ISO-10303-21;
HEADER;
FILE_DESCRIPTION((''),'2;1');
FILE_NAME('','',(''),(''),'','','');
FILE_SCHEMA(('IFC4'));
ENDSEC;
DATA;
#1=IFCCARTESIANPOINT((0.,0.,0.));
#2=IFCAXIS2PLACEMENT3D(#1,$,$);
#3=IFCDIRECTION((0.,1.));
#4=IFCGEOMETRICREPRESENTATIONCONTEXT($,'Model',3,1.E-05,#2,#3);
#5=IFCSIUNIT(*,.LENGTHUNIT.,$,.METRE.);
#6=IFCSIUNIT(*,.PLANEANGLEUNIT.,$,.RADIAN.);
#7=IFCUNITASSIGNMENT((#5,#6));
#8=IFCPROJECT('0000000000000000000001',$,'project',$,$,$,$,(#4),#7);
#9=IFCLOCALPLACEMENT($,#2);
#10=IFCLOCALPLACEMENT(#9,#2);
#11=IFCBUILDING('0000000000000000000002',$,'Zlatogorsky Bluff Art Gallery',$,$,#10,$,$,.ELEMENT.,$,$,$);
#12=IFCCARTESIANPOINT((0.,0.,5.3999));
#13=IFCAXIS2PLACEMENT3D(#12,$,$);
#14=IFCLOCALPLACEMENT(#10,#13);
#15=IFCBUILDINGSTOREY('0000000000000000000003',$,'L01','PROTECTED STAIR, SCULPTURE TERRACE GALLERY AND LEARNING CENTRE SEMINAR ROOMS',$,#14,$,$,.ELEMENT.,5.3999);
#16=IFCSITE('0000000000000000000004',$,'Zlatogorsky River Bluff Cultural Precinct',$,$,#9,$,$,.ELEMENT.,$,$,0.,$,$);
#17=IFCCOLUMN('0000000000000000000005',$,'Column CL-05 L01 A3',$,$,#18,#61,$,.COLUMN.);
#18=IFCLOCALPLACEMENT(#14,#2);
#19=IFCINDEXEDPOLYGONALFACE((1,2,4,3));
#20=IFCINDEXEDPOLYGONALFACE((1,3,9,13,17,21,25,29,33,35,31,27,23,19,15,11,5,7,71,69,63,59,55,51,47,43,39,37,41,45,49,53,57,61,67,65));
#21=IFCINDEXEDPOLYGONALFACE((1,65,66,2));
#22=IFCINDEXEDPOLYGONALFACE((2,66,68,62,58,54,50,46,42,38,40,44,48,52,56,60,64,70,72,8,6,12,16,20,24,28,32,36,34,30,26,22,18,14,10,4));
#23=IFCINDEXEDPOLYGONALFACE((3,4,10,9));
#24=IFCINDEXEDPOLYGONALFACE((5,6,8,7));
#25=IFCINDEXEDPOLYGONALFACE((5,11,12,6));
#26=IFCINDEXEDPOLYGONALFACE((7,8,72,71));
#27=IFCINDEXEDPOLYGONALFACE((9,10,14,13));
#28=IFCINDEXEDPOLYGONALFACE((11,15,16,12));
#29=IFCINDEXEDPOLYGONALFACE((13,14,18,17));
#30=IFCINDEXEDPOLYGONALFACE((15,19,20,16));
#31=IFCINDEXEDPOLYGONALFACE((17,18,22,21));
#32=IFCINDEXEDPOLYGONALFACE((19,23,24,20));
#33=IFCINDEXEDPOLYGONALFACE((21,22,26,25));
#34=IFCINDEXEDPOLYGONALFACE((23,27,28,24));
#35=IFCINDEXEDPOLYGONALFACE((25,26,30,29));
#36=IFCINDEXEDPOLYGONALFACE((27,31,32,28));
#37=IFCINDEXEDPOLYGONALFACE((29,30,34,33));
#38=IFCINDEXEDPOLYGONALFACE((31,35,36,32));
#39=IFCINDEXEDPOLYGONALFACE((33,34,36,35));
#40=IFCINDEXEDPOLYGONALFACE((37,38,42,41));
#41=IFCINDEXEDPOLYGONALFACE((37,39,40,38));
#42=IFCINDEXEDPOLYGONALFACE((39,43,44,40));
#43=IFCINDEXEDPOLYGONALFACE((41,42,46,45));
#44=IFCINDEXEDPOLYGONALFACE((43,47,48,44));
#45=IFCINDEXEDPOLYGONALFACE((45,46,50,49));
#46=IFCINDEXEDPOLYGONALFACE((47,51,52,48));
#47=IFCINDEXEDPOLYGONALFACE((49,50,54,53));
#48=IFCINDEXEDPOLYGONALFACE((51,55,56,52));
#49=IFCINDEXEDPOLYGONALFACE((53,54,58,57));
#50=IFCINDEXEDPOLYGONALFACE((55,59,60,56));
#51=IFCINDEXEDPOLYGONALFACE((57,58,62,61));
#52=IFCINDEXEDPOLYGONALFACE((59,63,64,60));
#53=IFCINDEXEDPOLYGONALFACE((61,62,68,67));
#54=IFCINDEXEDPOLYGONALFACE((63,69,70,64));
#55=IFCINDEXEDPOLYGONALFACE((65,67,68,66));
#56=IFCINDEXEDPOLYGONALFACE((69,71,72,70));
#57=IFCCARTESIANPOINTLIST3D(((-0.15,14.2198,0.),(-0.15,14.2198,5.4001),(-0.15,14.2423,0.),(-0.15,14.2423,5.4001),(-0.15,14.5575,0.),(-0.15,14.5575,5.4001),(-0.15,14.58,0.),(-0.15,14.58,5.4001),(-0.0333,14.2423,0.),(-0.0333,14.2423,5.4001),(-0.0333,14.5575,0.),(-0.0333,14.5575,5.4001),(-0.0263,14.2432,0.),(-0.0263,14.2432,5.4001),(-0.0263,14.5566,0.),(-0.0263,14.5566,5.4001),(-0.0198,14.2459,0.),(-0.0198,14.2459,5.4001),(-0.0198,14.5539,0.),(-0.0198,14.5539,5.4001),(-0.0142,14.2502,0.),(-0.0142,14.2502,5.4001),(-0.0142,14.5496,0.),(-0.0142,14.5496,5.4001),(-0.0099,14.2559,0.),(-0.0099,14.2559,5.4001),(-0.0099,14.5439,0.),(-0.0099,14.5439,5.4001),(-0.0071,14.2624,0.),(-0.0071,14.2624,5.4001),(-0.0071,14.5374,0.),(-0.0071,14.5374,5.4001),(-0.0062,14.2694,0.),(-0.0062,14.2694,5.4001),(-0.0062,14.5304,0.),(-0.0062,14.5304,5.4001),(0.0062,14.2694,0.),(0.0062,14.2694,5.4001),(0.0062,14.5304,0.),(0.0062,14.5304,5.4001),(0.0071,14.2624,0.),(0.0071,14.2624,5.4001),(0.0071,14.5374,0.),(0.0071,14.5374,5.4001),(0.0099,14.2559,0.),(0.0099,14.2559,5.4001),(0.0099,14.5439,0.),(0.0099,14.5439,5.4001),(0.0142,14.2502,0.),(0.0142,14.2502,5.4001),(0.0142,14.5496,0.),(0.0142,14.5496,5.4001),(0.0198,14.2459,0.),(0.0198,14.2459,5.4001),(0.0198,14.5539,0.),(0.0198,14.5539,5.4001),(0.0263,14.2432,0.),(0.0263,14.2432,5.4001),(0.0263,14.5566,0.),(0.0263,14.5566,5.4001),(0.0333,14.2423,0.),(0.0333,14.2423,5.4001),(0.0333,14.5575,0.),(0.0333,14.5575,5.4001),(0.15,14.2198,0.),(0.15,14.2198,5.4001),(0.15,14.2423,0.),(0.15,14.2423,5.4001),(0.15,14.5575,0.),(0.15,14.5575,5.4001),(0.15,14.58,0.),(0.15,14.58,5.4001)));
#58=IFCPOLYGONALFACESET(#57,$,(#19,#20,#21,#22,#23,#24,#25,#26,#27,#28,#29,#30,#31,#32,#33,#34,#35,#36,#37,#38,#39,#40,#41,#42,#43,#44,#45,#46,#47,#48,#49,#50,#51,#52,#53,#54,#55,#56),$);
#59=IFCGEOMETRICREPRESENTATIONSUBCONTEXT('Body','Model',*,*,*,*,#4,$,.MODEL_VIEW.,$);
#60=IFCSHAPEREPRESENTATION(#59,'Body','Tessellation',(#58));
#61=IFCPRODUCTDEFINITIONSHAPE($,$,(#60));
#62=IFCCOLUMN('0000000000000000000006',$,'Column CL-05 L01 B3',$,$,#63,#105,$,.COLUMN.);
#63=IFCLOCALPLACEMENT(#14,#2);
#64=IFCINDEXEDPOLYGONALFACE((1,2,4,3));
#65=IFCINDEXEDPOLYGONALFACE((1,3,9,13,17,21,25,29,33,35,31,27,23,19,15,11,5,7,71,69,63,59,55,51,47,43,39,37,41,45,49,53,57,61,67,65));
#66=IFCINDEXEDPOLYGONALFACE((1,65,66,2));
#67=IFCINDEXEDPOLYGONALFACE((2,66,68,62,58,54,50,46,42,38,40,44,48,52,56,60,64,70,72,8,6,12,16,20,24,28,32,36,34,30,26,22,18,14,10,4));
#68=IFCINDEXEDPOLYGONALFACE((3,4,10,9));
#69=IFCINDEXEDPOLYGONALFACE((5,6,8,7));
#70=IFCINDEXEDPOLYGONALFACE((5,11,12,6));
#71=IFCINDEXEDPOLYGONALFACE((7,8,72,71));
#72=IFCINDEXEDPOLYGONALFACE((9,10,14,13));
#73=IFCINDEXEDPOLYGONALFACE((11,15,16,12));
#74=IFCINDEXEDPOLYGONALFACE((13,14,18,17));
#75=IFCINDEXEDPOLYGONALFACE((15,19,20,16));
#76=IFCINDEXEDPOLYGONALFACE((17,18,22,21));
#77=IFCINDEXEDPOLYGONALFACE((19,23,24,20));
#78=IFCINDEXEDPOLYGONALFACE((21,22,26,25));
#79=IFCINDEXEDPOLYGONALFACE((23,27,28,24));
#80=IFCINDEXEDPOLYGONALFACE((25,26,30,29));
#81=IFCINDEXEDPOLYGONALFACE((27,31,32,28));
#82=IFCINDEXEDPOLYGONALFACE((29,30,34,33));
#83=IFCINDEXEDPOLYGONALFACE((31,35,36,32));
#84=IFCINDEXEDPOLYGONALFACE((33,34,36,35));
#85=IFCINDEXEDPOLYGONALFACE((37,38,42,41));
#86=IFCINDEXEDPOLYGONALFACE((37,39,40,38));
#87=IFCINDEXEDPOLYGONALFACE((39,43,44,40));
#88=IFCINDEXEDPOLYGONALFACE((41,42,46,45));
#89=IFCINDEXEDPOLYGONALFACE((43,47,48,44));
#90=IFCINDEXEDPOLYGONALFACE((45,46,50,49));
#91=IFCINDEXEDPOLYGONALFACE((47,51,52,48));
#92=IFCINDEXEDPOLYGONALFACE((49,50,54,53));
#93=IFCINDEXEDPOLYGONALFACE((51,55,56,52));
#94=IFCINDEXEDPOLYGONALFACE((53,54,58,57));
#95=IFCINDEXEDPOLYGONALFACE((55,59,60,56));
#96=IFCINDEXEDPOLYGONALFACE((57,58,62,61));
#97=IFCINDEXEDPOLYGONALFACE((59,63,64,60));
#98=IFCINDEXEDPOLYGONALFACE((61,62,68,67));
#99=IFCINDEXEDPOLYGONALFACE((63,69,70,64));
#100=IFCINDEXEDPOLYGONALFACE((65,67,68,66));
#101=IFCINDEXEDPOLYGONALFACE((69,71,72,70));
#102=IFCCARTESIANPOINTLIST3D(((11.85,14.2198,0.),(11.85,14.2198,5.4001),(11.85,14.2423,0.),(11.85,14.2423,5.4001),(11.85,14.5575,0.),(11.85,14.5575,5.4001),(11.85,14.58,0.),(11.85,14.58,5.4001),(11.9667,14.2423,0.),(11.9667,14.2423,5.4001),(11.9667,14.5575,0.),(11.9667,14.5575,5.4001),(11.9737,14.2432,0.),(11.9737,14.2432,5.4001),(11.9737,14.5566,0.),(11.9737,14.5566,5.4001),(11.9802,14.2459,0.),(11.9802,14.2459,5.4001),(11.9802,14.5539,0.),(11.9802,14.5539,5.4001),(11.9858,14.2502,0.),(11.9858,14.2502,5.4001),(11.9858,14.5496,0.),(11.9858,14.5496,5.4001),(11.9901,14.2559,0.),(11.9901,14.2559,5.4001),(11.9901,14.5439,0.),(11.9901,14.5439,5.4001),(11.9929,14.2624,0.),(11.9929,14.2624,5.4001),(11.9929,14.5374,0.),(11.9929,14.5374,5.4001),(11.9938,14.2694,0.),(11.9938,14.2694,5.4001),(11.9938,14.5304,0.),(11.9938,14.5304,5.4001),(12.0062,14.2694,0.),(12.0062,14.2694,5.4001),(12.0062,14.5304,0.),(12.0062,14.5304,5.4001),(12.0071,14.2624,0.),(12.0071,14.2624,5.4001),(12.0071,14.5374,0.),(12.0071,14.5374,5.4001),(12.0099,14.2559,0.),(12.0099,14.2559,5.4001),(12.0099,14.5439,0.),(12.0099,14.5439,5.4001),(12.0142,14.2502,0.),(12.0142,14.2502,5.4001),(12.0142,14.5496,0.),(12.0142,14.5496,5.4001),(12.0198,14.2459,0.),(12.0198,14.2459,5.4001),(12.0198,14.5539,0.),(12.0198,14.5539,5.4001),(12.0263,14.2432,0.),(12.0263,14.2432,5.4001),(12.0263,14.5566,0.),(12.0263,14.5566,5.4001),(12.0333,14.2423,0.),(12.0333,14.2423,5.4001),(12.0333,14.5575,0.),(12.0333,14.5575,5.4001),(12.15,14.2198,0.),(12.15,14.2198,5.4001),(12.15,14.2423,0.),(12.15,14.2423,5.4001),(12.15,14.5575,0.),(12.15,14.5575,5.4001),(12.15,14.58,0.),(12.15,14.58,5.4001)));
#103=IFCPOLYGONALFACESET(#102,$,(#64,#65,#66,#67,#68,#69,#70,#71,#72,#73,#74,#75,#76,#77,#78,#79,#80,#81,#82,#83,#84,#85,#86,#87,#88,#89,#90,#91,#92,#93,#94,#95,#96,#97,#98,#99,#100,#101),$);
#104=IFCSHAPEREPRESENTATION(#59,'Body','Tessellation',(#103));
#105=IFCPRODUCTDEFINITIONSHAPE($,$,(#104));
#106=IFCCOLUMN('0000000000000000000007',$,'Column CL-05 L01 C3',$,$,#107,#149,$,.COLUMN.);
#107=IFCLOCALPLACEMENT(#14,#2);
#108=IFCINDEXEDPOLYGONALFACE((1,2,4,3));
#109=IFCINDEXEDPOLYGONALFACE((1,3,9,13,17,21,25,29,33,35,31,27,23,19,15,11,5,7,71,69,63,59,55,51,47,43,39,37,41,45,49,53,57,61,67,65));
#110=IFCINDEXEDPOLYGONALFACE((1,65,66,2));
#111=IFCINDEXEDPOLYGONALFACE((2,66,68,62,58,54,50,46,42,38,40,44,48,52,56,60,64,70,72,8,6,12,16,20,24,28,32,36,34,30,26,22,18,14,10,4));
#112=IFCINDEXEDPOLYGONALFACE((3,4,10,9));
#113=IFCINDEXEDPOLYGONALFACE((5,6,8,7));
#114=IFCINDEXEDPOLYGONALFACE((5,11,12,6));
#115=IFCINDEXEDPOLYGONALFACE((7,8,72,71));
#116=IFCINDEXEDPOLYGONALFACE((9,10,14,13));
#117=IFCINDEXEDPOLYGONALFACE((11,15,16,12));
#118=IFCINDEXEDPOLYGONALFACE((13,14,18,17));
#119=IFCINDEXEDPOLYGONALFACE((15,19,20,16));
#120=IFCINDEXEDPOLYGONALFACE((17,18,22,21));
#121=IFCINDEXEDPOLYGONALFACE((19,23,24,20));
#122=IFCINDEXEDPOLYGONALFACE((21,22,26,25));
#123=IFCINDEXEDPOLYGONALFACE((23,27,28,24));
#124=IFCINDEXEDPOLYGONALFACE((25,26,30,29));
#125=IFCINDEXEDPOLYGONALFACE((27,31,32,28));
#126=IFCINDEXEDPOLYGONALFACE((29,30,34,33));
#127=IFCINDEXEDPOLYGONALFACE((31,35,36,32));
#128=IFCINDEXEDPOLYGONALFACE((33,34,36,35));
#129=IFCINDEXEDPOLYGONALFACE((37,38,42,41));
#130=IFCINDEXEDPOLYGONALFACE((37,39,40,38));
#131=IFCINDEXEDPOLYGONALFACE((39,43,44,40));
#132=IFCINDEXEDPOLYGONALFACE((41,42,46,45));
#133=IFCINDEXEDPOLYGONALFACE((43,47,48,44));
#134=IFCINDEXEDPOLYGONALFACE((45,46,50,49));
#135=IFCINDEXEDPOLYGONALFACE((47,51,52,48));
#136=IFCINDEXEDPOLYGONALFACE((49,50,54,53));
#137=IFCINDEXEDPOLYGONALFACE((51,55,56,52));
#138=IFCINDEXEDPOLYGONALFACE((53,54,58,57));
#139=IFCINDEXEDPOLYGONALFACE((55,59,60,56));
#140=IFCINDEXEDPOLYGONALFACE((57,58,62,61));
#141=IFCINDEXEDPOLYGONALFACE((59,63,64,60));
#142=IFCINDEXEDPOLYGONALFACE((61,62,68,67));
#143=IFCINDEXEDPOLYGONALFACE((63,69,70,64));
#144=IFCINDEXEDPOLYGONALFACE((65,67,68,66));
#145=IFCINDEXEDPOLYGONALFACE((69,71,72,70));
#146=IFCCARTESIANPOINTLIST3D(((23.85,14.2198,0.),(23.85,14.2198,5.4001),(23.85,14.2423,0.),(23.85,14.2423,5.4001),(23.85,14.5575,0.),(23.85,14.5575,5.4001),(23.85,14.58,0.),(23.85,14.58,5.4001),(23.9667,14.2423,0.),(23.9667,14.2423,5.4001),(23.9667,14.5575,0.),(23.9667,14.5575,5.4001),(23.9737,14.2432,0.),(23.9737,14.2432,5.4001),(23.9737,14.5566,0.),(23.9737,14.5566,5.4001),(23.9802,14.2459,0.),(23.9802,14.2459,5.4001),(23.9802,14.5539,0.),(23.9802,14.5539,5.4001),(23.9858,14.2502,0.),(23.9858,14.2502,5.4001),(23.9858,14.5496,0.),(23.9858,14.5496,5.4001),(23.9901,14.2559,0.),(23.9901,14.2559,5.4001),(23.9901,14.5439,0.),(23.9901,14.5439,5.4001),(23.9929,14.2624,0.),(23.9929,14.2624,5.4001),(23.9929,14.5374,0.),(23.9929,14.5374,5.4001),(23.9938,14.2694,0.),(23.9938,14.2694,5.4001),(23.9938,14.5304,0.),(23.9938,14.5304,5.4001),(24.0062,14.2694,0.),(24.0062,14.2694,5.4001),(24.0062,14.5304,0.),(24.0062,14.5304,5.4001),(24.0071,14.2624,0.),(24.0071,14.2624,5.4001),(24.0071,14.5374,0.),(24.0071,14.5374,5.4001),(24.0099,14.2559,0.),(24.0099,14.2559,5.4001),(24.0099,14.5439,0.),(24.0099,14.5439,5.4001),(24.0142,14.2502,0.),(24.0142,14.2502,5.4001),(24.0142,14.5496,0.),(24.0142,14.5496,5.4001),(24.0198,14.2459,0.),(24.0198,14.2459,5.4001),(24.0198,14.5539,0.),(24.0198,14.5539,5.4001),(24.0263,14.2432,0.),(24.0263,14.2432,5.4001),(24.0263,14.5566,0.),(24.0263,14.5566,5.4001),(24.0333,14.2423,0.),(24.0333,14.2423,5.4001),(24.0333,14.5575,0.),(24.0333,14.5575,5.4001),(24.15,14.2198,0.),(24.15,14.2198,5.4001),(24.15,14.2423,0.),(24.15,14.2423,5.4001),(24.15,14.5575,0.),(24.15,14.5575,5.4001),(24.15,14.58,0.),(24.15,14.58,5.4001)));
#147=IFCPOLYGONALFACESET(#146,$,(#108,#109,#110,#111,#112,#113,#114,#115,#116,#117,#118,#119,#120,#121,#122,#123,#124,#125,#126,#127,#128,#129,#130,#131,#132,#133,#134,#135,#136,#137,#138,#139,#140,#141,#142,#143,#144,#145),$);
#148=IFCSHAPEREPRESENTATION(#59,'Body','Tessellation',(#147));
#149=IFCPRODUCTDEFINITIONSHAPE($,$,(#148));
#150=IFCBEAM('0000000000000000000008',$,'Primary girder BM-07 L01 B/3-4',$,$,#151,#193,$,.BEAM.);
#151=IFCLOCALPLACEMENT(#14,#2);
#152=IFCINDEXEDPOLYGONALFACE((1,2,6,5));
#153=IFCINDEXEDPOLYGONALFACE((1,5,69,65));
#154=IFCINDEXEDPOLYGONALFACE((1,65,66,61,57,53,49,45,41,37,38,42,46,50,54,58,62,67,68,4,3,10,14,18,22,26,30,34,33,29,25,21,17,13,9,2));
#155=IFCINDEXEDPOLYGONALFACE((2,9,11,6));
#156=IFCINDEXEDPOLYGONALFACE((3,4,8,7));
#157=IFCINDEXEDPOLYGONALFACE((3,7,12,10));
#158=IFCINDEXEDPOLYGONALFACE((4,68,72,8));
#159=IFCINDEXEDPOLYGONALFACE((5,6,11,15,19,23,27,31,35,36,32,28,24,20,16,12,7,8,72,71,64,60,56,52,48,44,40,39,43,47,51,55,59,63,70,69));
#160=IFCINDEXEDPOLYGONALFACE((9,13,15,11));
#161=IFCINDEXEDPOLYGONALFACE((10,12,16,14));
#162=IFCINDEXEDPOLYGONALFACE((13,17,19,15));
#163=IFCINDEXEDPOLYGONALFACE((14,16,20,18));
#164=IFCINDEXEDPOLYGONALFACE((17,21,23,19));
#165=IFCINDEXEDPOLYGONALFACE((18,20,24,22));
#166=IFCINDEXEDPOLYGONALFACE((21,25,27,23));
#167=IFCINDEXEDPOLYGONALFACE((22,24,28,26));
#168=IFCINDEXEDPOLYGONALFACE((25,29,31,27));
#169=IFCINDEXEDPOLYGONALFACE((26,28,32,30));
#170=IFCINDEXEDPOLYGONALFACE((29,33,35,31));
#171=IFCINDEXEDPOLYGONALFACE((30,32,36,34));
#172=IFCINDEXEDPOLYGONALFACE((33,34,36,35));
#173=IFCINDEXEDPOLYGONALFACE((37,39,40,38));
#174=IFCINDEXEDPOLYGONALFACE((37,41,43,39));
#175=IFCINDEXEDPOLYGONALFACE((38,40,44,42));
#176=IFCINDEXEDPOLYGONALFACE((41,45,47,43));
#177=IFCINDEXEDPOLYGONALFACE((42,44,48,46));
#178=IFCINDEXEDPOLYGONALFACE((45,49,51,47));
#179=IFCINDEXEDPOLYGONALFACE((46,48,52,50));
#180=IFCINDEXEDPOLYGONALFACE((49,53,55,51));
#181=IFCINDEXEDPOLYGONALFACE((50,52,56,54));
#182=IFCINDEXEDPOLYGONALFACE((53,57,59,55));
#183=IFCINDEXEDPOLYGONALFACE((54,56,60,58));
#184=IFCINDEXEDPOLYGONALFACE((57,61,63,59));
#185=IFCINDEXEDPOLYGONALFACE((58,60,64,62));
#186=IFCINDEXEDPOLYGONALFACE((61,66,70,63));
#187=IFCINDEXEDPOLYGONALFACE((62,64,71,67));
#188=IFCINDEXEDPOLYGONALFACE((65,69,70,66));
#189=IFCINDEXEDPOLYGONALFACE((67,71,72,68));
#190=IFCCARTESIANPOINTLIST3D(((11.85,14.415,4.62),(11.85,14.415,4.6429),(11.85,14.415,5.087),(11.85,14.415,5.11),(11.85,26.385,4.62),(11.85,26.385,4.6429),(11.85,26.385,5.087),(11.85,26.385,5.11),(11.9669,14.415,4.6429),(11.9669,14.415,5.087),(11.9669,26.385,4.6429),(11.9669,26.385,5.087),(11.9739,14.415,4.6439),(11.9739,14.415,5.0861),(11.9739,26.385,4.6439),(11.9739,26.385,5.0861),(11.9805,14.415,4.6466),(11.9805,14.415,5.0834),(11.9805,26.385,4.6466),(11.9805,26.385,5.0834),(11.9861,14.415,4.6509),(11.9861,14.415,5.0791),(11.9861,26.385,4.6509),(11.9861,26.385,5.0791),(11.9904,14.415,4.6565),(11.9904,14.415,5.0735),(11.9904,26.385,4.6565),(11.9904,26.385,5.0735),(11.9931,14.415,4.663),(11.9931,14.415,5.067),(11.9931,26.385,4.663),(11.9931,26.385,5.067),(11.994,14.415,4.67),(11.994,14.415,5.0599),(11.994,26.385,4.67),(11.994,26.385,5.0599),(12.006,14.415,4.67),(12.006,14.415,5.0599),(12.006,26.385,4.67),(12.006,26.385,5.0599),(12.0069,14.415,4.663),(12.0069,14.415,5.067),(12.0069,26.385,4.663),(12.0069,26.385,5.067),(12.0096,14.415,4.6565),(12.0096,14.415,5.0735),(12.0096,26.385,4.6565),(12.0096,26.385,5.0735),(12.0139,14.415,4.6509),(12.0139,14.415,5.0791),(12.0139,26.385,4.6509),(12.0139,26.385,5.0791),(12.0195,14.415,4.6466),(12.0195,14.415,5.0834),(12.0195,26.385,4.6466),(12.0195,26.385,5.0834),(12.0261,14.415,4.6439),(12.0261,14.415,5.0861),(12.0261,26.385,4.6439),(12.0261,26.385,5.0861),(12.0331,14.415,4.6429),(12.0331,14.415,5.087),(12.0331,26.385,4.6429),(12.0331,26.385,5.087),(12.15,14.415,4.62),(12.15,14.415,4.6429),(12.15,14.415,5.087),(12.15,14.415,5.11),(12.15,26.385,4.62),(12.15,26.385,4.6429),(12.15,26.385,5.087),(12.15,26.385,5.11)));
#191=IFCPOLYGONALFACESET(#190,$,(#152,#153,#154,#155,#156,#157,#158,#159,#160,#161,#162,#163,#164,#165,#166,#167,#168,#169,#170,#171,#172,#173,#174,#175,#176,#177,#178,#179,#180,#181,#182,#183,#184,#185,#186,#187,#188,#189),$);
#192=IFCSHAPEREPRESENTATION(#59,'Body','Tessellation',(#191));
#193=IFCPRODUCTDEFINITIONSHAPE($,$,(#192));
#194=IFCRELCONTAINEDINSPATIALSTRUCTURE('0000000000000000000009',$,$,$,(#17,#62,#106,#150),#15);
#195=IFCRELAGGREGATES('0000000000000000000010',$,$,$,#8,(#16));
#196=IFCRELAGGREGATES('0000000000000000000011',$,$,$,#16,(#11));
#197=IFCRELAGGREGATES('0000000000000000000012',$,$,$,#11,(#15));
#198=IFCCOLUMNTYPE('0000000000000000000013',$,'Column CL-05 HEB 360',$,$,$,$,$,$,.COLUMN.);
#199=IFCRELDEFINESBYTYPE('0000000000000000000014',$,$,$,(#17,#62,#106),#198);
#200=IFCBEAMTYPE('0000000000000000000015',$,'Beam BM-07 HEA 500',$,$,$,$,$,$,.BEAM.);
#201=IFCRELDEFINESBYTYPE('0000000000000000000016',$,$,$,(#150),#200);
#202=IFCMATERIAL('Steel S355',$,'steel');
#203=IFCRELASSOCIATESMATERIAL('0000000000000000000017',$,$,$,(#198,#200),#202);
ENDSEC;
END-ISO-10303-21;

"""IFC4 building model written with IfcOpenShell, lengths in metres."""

from ifc_helpers import new_model, si_unit, direction, frame, origin, origin_2d, place, context, subcontext, project, spatial, i_section, extrude, material, material_profile, profile_set, type_object, element, save


model = new_model("IFC4")

# Units and contexts
model_context = context("Model", 3, precision=1e-05, world=origin(), true_north=direction((0.0, 1.0)))
body_context = subcontext(model_context, "Body", "Model", "MODEL_VIEW")
ifc_project = project(units=[si_unit("LENGTHUNIT", "METRE"), si_unit("PLANEANGLEUNIT", "RADIAN")], contexts=[model_context])

# Site, building, storey
site_placement = place(None, origin())
site = spatial("IfcSite", under=ifc_project, at=site_placement, Name="Zlatogorsky River Bluff Cultural Precinct", CompositionType="ELEMENT", RefElevation=0.0)
building_placement = place(site_placement, origin())
building = spatial("IfcBuilding", under=site, at=building_placement, Name="Zlatogorsky Bluff Art Gallery", CompositionType="ELEMENT")
storey_placement = place(building_placement, frame((0.0, 0.0, 5.3999)))
storey = spatial("IfcBuildingStorey", under=building, at=storey_placement, Name="L01", Description="PROTECTED STAIR, SCULPTURE TERRACE GALLERY AND LEARNING CENTRE SEMINAR ROOMS", CompositionType="ELEMENT", Elevation=5.3999)

# Columns
ifc_material_1 = material(Name="Steel S355", Category="steel")
ifc_material_profile_1 = material_profile(ifc_material_1, i_section(OverallWidth=0.3, OverallDepth=0.3601, WebThickness=0.0125, FlangeThickness=0.0225, FilletRadius=0.0271, at=origin_2d()), Name="HEB 360")
ifc_profile_set_1 = profile_set([ifc_material_profile_1], Name="Steel S355")
column_type = type_object("IfcColumnType", Name="Column CL-05 HEB 360", PredefinedType="COLUMN", material=ifc_profile_set_1)
for number, where, z_axis, x_axis, name in (
    (1, (0.0, 14.3999, 0.0), (0.0, 0.0, 1.0), (1.0, 0.0, 0.0), "Column CL-05 L01 A3"),
    (2, (12.0, 14.3999, 0.0), (0.0, 0.0, 1.0), (1.0, 0.0, 0.0), "Column CL-05 L01 B3"),
    (3, (24.0, 14.3999, 0.0), (0.0, 0.0, 1.0), (1.0, 0.0, 0.0), "Column CL-05 L01 C3"),
):
    element("IfcColumn", number, at=place(storey_placement, frame(where, z_axis=z_axis, x_axis=x_axis)), inside=storey, type_object=column_type, Name=name, PredefinedType="COLUMN", context=body_context, shape_type="SweptSolid", body=[
        extrude(i_section(OverallWidth=0.3, OverallDepth=0.3601, WebThickness=0.0125, FlangeThickness=0.0225, FilletRadius=0.0271, at=origin_2d()), origin(), (0.0, 0.0, 1.0), 5.4001),
    ])

# Beam
ifc_material_profile_2 = material_profile(ifc_material_1, i_section(OverallWidth=0.3, OverallDepth=0.49, WebThickness=0.012, FlangeThickness=0.0229, FilletRadius=0.0271, at=origin_2d()), Name="HEA 500")
ifc_profile_set_2 = profile_set([ifc_material_profile_2], Name="Steel S355")
beam_type_1 = type_object("IfcBeamType", Name="Beam BM-07 HEA 500", PredefinedType="BEAM", material=ifc_profile_set_2)
for number, where, z_axis, x_axis, name in (
    (4, (12.0, 14.415, 4.865), (0.0, 1.0, 0.0), (-1.0, 0.0, 0.0), "Primary girder BM-07 L01 B/3-4"),
):
    element("IfcBeam", number, at=place(storey_placement, frame(where, z_axis=z_axis, x_axis=x_axis)), inside=storey, type_object=beam_type_1, Name=name, PredefinedType="BEAM", context=body_context, shape_type="SweptSolid", body=[
        extrude(i_section(OverallWidth=0.3, OverallDepth=0.49, WebThickness=0.012, FlangeThickness=0.0229, FilletRadius=0.0271, at=origin_2d()), origin(), (0.0, 0.0, 1.0), 11.97),
    ])

save(model, "model.ifc")
